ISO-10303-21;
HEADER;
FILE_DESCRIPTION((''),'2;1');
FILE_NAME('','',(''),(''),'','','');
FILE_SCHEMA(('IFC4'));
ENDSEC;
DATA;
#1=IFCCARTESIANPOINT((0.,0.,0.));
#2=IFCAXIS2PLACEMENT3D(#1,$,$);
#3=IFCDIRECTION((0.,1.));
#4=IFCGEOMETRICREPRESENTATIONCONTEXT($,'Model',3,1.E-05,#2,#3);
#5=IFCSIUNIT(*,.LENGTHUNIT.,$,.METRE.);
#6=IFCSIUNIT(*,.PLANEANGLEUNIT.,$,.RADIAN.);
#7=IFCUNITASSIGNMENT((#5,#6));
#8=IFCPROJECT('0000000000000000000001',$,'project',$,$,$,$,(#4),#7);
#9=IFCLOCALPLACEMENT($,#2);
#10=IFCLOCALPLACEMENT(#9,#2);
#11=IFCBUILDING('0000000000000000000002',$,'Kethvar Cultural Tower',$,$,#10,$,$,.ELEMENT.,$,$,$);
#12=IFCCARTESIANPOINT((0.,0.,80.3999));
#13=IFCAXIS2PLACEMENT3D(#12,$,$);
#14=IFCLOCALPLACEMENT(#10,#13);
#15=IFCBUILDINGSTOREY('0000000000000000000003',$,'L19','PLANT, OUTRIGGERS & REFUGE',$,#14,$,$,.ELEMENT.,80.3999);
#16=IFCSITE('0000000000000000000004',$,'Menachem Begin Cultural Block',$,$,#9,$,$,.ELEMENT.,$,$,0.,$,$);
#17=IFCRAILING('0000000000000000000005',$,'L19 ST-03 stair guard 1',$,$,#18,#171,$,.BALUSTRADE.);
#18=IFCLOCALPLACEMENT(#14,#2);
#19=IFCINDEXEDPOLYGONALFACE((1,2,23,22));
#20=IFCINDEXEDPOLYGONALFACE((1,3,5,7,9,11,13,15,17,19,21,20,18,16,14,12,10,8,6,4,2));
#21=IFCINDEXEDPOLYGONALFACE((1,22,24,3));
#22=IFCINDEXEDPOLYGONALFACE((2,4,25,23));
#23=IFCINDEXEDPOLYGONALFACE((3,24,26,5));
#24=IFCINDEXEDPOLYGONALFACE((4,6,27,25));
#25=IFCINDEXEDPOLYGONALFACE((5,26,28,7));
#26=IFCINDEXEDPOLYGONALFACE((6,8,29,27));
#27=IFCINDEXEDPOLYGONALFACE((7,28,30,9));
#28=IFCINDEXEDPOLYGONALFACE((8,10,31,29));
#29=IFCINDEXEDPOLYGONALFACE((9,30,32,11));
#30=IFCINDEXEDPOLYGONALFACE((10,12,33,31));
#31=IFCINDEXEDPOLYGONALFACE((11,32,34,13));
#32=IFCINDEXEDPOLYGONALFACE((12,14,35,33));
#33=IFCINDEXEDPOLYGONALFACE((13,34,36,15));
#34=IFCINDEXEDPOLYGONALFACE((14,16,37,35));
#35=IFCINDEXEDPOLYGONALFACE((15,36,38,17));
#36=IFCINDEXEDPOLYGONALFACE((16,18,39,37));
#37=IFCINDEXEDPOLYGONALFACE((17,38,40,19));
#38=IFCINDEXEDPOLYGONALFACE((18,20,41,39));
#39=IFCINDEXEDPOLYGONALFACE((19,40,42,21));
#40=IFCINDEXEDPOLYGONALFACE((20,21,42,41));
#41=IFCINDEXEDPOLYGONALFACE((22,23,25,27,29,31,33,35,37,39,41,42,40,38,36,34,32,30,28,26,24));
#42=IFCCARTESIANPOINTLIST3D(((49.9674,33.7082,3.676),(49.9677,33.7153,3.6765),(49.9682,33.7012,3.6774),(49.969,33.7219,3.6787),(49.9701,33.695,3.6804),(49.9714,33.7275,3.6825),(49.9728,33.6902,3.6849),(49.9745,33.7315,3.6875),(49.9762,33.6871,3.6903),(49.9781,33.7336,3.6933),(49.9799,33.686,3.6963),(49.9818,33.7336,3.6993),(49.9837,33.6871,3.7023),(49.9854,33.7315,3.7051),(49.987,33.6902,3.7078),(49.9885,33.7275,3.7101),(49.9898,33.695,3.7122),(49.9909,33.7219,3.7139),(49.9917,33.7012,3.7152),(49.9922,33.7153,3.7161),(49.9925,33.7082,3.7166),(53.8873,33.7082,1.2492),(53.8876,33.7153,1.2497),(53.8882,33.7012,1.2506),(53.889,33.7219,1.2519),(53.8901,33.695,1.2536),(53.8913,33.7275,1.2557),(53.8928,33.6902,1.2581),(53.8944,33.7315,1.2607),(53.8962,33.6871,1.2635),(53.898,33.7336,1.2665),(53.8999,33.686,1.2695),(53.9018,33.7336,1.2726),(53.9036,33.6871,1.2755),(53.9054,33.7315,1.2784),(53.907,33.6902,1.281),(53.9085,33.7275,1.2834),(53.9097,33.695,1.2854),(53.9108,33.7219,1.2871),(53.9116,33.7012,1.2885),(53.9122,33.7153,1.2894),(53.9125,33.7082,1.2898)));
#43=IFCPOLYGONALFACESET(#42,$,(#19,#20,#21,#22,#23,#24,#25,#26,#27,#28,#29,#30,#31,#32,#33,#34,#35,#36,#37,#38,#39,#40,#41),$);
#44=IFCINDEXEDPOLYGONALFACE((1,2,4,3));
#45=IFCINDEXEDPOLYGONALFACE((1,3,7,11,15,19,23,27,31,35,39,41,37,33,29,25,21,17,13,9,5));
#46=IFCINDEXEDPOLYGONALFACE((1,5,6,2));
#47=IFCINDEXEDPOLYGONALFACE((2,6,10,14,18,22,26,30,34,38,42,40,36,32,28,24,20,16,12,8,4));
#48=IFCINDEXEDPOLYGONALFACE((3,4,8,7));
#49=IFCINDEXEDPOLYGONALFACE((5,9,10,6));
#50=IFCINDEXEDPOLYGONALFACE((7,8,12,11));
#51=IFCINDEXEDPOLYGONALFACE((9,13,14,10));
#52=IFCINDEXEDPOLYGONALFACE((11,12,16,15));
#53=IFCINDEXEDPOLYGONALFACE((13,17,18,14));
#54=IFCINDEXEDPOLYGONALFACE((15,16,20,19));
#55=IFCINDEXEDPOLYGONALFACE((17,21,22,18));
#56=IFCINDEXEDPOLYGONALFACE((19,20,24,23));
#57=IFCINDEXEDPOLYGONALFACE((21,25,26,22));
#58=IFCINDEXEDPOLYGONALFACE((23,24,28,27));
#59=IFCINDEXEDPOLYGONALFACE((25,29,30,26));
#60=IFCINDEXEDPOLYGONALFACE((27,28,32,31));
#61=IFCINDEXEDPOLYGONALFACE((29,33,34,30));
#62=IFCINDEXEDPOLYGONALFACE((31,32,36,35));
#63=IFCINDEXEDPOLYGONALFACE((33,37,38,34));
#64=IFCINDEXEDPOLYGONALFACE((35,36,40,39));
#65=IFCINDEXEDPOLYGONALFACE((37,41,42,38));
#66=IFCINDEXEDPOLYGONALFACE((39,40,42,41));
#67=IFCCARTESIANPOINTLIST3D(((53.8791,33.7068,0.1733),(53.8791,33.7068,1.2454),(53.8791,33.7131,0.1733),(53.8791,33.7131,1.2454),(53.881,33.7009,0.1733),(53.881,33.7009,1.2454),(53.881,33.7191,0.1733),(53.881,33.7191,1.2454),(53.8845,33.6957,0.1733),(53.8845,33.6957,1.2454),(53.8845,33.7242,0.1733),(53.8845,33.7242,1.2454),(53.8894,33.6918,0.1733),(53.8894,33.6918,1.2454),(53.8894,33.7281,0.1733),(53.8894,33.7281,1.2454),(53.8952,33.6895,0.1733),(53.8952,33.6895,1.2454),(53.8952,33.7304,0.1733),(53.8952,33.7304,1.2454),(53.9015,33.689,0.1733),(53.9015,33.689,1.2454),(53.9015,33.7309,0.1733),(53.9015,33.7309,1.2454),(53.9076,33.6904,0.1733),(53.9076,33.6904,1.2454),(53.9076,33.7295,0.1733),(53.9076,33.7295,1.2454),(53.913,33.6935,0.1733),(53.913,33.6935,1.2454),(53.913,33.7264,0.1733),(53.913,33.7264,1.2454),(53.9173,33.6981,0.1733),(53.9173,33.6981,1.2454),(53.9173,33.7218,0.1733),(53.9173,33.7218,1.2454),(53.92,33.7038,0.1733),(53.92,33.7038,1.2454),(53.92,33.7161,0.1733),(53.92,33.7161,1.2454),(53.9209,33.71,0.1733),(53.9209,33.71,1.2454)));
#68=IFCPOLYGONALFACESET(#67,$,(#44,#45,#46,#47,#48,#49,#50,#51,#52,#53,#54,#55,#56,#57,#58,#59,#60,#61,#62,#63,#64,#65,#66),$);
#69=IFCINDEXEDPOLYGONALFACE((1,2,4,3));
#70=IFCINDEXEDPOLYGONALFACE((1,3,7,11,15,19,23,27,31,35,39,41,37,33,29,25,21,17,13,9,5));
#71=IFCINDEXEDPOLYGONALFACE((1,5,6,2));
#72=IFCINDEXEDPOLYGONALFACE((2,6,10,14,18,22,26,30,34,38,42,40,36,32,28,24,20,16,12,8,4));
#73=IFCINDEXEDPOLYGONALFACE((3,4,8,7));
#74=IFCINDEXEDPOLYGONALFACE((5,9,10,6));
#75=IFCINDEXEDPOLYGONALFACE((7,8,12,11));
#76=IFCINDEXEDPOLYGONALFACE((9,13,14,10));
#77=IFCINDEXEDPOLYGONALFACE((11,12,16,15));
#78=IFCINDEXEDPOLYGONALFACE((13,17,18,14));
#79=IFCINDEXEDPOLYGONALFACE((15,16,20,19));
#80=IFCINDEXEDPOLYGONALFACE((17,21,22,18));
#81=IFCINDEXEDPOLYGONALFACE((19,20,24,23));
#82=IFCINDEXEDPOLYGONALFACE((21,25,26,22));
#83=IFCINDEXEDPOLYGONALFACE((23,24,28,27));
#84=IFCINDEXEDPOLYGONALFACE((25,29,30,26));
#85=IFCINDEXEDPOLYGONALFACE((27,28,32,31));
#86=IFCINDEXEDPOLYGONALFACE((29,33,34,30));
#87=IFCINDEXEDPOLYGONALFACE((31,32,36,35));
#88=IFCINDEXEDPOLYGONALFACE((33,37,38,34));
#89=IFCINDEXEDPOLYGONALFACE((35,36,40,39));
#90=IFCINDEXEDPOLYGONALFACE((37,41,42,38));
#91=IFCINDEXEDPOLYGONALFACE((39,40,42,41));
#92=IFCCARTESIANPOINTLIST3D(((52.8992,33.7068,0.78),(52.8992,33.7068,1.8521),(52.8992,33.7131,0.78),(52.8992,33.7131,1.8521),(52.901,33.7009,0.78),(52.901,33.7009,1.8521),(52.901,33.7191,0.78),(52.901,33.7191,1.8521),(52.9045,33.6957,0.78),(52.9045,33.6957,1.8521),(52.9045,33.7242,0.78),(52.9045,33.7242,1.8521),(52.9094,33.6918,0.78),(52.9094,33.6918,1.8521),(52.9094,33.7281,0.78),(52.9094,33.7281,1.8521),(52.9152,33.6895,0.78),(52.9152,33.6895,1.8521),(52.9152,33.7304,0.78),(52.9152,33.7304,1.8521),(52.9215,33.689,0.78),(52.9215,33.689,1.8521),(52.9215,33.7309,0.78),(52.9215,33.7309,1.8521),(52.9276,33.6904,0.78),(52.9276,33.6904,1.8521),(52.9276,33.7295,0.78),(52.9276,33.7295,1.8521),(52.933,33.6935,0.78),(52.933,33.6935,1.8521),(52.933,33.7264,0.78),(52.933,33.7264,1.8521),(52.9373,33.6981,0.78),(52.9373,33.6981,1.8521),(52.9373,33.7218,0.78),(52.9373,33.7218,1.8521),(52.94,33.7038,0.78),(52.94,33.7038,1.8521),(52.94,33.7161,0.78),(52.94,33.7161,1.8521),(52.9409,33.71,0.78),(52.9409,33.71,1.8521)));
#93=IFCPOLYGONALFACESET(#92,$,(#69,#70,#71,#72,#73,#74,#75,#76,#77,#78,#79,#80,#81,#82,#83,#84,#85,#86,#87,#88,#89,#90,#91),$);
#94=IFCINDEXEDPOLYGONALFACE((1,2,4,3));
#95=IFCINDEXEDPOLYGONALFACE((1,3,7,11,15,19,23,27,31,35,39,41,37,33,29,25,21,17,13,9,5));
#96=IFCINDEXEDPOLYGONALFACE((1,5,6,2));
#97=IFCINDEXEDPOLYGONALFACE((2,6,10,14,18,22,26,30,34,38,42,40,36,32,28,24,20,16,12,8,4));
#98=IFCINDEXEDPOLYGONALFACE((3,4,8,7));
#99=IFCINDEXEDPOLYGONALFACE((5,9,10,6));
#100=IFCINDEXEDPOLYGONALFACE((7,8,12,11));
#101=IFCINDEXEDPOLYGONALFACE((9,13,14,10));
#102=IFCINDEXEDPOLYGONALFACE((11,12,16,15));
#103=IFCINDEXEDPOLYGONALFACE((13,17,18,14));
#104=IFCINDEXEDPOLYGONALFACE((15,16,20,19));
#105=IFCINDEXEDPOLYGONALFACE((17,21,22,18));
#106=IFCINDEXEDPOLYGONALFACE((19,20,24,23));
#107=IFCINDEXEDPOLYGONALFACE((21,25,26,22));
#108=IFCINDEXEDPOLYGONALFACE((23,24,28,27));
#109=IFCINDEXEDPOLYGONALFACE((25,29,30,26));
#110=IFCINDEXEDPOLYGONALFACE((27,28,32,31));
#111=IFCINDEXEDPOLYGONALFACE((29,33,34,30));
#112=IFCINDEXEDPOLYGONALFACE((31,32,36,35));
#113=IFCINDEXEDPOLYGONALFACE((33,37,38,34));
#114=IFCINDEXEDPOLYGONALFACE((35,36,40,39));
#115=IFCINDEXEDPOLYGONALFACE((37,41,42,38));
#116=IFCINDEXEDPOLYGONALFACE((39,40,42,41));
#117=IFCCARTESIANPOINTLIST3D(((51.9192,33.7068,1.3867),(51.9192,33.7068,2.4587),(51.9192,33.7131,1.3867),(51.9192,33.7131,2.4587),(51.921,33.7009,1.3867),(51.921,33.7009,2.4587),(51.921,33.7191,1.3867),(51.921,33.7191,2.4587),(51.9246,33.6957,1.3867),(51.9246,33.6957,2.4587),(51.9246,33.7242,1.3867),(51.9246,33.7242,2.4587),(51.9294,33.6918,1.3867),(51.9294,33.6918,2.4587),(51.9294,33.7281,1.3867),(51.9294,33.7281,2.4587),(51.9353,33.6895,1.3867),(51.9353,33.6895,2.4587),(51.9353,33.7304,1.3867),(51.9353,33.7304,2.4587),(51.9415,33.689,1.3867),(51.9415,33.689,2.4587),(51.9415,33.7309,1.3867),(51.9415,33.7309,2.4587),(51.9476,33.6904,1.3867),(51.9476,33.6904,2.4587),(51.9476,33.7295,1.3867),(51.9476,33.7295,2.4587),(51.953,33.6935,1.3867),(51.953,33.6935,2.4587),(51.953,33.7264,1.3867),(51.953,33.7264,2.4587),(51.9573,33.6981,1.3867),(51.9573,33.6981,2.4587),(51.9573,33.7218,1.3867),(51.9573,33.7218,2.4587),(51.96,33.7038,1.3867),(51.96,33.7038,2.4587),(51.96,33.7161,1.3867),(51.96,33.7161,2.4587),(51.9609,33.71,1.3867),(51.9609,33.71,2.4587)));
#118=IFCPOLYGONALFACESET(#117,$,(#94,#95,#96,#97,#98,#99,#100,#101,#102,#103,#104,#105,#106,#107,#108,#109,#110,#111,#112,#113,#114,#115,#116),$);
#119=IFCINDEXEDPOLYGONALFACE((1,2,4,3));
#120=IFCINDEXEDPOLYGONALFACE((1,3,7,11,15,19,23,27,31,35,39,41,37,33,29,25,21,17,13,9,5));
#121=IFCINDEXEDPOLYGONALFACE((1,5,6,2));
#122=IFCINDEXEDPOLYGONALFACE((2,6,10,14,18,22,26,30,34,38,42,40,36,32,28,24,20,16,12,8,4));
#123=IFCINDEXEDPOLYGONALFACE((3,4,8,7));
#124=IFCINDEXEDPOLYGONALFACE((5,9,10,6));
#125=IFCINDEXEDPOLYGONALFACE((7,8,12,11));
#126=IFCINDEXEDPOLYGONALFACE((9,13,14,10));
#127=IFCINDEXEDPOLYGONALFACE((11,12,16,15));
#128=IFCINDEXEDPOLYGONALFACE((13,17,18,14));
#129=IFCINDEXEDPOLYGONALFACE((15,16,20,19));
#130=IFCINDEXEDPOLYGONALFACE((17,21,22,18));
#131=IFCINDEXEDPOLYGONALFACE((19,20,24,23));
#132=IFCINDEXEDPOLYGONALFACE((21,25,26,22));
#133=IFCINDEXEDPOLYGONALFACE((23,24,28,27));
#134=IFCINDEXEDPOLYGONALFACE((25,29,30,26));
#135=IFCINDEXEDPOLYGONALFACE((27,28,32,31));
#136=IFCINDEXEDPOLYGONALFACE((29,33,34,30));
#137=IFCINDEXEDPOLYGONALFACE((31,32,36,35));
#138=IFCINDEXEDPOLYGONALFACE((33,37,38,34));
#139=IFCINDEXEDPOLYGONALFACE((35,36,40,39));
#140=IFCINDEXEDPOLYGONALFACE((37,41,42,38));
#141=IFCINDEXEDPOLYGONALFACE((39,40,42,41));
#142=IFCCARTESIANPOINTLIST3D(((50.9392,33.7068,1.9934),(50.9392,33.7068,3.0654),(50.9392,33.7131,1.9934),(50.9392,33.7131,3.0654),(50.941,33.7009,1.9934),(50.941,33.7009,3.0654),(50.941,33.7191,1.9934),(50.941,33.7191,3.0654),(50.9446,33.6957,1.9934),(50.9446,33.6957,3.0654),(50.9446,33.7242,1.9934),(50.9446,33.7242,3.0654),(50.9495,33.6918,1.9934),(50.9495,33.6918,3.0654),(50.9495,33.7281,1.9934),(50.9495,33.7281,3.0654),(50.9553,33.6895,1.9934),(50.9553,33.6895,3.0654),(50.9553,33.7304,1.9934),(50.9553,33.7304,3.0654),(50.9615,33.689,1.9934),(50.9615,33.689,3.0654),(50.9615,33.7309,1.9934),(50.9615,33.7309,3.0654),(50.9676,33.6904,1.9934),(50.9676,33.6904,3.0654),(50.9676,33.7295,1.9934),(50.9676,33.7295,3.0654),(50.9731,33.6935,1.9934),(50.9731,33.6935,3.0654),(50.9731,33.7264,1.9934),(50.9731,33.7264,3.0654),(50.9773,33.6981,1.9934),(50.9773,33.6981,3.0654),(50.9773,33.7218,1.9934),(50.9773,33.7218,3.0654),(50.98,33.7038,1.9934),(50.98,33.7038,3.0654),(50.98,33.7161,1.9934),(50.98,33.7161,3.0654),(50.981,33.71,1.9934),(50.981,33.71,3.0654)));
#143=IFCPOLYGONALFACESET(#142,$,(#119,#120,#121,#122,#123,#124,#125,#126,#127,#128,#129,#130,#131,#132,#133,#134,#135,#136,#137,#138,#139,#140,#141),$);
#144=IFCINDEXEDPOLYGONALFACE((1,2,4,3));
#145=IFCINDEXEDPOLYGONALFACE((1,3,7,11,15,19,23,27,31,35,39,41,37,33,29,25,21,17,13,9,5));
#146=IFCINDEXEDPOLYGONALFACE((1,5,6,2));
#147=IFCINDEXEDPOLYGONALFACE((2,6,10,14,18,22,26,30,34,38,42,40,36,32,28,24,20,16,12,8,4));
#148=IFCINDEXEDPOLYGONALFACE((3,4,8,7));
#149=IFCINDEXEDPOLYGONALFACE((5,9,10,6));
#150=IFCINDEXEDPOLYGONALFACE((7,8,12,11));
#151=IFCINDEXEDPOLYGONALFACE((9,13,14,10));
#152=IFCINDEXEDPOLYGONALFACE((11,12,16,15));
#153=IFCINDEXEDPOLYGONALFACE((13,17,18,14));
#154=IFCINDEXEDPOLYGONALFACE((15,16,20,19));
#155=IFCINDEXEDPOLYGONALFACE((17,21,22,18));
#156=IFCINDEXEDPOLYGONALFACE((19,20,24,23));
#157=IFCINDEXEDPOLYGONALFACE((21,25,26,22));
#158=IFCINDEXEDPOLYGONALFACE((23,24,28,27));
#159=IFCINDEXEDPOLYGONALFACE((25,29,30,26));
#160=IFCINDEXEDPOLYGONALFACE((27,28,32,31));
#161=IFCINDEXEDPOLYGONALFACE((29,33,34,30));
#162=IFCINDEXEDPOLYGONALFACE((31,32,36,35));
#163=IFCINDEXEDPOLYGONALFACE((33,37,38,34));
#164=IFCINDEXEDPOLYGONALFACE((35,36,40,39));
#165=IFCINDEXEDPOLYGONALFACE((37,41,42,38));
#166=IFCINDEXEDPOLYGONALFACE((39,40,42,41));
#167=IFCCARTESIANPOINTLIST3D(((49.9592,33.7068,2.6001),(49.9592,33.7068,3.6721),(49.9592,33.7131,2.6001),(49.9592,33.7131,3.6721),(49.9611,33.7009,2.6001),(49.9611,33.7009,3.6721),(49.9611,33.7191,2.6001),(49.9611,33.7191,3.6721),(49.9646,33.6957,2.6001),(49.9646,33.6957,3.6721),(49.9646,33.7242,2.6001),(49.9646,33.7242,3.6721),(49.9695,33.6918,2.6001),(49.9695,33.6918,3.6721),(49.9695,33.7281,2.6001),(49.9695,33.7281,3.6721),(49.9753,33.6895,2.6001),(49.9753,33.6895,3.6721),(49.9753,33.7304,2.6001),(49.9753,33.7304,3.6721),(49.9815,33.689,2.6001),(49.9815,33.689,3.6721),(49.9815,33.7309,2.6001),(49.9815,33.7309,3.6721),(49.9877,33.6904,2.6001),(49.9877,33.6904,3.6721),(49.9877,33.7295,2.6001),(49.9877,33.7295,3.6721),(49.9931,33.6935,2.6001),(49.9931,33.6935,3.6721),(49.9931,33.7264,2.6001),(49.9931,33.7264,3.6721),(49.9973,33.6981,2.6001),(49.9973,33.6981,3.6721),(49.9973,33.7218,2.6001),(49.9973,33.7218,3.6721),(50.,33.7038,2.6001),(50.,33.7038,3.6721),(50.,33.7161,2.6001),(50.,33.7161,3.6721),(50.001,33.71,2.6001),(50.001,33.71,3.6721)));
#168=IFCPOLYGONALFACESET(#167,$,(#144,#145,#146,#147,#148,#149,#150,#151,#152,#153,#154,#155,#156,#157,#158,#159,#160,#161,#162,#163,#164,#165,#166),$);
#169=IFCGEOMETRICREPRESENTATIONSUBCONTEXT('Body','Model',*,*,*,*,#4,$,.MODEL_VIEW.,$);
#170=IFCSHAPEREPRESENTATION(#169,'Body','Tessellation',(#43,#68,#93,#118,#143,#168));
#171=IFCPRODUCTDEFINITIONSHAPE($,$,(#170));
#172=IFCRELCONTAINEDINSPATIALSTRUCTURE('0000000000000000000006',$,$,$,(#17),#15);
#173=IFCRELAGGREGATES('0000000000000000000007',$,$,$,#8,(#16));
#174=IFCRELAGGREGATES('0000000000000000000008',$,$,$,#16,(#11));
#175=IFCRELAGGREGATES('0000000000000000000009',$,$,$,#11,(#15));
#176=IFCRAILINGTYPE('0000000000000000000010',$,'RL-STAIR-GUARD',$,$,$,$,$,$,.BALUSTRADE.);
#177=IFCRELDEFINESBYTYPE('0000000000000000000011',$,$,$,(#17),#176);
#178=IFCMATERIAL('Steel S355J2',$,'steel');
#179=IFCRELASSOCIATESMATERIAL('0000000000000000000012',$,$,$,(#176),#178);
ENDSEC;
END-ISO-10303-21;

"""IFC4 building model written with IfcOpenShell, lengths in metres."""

from ifc_helpers import new_model, si_unit, direction, frame, origin, origin_2d, place, context, subcontext, project, spatial, circle, extrude, material, type_object, element, save


model = new_model("IFC4")

# Units and contexts
model_context = context("Model", 3, precision=1e-05, world=origin(), true_north=direction((0.0, 1.0)))
body_context = subcontext(model_context, "Body", "Model", "MODEL_VIEW")
ifc_project = project(units=[si_unit("LENGTHUNIT", "METRE"), si_unit("PLANEANGLEUNIT", "RADIAN")], contexts=[model_context])

# Site, building, storey
site_placement = place(None, origin())
site = spatial("IfcSite", under=ifc_project, at=site_placement, Name="Menachem Begin Cultural Block", CompositionType="ELEMENT", RefElevation=0.0)
building_placement = place(site_placement, origin())
building = spatial("IfcBuilding", under=site, at=building_placement, Name="Kethvar Cultural Tower", CompositionType="ELEMENT")
storey_placement = place(building_placement, frame((0.0, 0.0, 80.3999)))
storey = spatial("IfcBuildingStorey", under=building, at=storey_placement, Name="L19", Description="PLANT, OUTRIGGERS & REFUGE", CompositionType="ELEMENT", Elevation=80.3999)

# Railing
ifc_material_1 = material(Name="Steel S355J2", Category="steel")
railing_type_1 = type_object("IfcRailingType", Name="RL-STAIR-GUARD", PredefinedType="BALUSTRADE", material=ifc_material_1)
railing_1_placement = place(storey_placement, frame((53.8999, 33.71, 0.1733)))
element("IfcRailing", 1, at=railing_1_placement, inside=storey, type_object=railing_type_1, Name="L19 ST-03 stair guard 1", PredefinedType="BALUSTRADE", context=body_context, shape_type="SweptSolid", body=[
    extrude(circle(Radius=0.0239, at=origin_2d()), frame((0.0, 0.0, 1.0962), z_axis=(-0.850252, 0.0, 0.526376), x_axis=(0.0, -1.0, 0.0)), (0.0, 0.0, 1.0), 4.6104),
    extrude(circle(Radius=0.021, at=origin_2d()), origin(), (0.0, 0.0, 1.0), 1.072),
    extrude(circle(Radius=0.021, at=origin_2d()), frame((-0.98, 0.0, 0.6067)), (0.0, 0.0, 1.0), 1.072),
    extrude(circle(Radius=0.021, at=origin_2d()), frame((-1.96, 0.0, 1.2134)), (0.0, 0.0, 1.0), 1.072),
    extrude(circle(Radius=0.021, at=origin_2d()), frame((-2.9399, 0.0, 1.8201)), (0.0, 0.0, 1.0), 1.072),
    extrude(circle(Radius=0.021, at=origin_2d()), frame((-3.9199, 0.0, 2.4268)), (0.0, 0.0, 1.0), 1.072),
])

save(model, "model.ifc")
